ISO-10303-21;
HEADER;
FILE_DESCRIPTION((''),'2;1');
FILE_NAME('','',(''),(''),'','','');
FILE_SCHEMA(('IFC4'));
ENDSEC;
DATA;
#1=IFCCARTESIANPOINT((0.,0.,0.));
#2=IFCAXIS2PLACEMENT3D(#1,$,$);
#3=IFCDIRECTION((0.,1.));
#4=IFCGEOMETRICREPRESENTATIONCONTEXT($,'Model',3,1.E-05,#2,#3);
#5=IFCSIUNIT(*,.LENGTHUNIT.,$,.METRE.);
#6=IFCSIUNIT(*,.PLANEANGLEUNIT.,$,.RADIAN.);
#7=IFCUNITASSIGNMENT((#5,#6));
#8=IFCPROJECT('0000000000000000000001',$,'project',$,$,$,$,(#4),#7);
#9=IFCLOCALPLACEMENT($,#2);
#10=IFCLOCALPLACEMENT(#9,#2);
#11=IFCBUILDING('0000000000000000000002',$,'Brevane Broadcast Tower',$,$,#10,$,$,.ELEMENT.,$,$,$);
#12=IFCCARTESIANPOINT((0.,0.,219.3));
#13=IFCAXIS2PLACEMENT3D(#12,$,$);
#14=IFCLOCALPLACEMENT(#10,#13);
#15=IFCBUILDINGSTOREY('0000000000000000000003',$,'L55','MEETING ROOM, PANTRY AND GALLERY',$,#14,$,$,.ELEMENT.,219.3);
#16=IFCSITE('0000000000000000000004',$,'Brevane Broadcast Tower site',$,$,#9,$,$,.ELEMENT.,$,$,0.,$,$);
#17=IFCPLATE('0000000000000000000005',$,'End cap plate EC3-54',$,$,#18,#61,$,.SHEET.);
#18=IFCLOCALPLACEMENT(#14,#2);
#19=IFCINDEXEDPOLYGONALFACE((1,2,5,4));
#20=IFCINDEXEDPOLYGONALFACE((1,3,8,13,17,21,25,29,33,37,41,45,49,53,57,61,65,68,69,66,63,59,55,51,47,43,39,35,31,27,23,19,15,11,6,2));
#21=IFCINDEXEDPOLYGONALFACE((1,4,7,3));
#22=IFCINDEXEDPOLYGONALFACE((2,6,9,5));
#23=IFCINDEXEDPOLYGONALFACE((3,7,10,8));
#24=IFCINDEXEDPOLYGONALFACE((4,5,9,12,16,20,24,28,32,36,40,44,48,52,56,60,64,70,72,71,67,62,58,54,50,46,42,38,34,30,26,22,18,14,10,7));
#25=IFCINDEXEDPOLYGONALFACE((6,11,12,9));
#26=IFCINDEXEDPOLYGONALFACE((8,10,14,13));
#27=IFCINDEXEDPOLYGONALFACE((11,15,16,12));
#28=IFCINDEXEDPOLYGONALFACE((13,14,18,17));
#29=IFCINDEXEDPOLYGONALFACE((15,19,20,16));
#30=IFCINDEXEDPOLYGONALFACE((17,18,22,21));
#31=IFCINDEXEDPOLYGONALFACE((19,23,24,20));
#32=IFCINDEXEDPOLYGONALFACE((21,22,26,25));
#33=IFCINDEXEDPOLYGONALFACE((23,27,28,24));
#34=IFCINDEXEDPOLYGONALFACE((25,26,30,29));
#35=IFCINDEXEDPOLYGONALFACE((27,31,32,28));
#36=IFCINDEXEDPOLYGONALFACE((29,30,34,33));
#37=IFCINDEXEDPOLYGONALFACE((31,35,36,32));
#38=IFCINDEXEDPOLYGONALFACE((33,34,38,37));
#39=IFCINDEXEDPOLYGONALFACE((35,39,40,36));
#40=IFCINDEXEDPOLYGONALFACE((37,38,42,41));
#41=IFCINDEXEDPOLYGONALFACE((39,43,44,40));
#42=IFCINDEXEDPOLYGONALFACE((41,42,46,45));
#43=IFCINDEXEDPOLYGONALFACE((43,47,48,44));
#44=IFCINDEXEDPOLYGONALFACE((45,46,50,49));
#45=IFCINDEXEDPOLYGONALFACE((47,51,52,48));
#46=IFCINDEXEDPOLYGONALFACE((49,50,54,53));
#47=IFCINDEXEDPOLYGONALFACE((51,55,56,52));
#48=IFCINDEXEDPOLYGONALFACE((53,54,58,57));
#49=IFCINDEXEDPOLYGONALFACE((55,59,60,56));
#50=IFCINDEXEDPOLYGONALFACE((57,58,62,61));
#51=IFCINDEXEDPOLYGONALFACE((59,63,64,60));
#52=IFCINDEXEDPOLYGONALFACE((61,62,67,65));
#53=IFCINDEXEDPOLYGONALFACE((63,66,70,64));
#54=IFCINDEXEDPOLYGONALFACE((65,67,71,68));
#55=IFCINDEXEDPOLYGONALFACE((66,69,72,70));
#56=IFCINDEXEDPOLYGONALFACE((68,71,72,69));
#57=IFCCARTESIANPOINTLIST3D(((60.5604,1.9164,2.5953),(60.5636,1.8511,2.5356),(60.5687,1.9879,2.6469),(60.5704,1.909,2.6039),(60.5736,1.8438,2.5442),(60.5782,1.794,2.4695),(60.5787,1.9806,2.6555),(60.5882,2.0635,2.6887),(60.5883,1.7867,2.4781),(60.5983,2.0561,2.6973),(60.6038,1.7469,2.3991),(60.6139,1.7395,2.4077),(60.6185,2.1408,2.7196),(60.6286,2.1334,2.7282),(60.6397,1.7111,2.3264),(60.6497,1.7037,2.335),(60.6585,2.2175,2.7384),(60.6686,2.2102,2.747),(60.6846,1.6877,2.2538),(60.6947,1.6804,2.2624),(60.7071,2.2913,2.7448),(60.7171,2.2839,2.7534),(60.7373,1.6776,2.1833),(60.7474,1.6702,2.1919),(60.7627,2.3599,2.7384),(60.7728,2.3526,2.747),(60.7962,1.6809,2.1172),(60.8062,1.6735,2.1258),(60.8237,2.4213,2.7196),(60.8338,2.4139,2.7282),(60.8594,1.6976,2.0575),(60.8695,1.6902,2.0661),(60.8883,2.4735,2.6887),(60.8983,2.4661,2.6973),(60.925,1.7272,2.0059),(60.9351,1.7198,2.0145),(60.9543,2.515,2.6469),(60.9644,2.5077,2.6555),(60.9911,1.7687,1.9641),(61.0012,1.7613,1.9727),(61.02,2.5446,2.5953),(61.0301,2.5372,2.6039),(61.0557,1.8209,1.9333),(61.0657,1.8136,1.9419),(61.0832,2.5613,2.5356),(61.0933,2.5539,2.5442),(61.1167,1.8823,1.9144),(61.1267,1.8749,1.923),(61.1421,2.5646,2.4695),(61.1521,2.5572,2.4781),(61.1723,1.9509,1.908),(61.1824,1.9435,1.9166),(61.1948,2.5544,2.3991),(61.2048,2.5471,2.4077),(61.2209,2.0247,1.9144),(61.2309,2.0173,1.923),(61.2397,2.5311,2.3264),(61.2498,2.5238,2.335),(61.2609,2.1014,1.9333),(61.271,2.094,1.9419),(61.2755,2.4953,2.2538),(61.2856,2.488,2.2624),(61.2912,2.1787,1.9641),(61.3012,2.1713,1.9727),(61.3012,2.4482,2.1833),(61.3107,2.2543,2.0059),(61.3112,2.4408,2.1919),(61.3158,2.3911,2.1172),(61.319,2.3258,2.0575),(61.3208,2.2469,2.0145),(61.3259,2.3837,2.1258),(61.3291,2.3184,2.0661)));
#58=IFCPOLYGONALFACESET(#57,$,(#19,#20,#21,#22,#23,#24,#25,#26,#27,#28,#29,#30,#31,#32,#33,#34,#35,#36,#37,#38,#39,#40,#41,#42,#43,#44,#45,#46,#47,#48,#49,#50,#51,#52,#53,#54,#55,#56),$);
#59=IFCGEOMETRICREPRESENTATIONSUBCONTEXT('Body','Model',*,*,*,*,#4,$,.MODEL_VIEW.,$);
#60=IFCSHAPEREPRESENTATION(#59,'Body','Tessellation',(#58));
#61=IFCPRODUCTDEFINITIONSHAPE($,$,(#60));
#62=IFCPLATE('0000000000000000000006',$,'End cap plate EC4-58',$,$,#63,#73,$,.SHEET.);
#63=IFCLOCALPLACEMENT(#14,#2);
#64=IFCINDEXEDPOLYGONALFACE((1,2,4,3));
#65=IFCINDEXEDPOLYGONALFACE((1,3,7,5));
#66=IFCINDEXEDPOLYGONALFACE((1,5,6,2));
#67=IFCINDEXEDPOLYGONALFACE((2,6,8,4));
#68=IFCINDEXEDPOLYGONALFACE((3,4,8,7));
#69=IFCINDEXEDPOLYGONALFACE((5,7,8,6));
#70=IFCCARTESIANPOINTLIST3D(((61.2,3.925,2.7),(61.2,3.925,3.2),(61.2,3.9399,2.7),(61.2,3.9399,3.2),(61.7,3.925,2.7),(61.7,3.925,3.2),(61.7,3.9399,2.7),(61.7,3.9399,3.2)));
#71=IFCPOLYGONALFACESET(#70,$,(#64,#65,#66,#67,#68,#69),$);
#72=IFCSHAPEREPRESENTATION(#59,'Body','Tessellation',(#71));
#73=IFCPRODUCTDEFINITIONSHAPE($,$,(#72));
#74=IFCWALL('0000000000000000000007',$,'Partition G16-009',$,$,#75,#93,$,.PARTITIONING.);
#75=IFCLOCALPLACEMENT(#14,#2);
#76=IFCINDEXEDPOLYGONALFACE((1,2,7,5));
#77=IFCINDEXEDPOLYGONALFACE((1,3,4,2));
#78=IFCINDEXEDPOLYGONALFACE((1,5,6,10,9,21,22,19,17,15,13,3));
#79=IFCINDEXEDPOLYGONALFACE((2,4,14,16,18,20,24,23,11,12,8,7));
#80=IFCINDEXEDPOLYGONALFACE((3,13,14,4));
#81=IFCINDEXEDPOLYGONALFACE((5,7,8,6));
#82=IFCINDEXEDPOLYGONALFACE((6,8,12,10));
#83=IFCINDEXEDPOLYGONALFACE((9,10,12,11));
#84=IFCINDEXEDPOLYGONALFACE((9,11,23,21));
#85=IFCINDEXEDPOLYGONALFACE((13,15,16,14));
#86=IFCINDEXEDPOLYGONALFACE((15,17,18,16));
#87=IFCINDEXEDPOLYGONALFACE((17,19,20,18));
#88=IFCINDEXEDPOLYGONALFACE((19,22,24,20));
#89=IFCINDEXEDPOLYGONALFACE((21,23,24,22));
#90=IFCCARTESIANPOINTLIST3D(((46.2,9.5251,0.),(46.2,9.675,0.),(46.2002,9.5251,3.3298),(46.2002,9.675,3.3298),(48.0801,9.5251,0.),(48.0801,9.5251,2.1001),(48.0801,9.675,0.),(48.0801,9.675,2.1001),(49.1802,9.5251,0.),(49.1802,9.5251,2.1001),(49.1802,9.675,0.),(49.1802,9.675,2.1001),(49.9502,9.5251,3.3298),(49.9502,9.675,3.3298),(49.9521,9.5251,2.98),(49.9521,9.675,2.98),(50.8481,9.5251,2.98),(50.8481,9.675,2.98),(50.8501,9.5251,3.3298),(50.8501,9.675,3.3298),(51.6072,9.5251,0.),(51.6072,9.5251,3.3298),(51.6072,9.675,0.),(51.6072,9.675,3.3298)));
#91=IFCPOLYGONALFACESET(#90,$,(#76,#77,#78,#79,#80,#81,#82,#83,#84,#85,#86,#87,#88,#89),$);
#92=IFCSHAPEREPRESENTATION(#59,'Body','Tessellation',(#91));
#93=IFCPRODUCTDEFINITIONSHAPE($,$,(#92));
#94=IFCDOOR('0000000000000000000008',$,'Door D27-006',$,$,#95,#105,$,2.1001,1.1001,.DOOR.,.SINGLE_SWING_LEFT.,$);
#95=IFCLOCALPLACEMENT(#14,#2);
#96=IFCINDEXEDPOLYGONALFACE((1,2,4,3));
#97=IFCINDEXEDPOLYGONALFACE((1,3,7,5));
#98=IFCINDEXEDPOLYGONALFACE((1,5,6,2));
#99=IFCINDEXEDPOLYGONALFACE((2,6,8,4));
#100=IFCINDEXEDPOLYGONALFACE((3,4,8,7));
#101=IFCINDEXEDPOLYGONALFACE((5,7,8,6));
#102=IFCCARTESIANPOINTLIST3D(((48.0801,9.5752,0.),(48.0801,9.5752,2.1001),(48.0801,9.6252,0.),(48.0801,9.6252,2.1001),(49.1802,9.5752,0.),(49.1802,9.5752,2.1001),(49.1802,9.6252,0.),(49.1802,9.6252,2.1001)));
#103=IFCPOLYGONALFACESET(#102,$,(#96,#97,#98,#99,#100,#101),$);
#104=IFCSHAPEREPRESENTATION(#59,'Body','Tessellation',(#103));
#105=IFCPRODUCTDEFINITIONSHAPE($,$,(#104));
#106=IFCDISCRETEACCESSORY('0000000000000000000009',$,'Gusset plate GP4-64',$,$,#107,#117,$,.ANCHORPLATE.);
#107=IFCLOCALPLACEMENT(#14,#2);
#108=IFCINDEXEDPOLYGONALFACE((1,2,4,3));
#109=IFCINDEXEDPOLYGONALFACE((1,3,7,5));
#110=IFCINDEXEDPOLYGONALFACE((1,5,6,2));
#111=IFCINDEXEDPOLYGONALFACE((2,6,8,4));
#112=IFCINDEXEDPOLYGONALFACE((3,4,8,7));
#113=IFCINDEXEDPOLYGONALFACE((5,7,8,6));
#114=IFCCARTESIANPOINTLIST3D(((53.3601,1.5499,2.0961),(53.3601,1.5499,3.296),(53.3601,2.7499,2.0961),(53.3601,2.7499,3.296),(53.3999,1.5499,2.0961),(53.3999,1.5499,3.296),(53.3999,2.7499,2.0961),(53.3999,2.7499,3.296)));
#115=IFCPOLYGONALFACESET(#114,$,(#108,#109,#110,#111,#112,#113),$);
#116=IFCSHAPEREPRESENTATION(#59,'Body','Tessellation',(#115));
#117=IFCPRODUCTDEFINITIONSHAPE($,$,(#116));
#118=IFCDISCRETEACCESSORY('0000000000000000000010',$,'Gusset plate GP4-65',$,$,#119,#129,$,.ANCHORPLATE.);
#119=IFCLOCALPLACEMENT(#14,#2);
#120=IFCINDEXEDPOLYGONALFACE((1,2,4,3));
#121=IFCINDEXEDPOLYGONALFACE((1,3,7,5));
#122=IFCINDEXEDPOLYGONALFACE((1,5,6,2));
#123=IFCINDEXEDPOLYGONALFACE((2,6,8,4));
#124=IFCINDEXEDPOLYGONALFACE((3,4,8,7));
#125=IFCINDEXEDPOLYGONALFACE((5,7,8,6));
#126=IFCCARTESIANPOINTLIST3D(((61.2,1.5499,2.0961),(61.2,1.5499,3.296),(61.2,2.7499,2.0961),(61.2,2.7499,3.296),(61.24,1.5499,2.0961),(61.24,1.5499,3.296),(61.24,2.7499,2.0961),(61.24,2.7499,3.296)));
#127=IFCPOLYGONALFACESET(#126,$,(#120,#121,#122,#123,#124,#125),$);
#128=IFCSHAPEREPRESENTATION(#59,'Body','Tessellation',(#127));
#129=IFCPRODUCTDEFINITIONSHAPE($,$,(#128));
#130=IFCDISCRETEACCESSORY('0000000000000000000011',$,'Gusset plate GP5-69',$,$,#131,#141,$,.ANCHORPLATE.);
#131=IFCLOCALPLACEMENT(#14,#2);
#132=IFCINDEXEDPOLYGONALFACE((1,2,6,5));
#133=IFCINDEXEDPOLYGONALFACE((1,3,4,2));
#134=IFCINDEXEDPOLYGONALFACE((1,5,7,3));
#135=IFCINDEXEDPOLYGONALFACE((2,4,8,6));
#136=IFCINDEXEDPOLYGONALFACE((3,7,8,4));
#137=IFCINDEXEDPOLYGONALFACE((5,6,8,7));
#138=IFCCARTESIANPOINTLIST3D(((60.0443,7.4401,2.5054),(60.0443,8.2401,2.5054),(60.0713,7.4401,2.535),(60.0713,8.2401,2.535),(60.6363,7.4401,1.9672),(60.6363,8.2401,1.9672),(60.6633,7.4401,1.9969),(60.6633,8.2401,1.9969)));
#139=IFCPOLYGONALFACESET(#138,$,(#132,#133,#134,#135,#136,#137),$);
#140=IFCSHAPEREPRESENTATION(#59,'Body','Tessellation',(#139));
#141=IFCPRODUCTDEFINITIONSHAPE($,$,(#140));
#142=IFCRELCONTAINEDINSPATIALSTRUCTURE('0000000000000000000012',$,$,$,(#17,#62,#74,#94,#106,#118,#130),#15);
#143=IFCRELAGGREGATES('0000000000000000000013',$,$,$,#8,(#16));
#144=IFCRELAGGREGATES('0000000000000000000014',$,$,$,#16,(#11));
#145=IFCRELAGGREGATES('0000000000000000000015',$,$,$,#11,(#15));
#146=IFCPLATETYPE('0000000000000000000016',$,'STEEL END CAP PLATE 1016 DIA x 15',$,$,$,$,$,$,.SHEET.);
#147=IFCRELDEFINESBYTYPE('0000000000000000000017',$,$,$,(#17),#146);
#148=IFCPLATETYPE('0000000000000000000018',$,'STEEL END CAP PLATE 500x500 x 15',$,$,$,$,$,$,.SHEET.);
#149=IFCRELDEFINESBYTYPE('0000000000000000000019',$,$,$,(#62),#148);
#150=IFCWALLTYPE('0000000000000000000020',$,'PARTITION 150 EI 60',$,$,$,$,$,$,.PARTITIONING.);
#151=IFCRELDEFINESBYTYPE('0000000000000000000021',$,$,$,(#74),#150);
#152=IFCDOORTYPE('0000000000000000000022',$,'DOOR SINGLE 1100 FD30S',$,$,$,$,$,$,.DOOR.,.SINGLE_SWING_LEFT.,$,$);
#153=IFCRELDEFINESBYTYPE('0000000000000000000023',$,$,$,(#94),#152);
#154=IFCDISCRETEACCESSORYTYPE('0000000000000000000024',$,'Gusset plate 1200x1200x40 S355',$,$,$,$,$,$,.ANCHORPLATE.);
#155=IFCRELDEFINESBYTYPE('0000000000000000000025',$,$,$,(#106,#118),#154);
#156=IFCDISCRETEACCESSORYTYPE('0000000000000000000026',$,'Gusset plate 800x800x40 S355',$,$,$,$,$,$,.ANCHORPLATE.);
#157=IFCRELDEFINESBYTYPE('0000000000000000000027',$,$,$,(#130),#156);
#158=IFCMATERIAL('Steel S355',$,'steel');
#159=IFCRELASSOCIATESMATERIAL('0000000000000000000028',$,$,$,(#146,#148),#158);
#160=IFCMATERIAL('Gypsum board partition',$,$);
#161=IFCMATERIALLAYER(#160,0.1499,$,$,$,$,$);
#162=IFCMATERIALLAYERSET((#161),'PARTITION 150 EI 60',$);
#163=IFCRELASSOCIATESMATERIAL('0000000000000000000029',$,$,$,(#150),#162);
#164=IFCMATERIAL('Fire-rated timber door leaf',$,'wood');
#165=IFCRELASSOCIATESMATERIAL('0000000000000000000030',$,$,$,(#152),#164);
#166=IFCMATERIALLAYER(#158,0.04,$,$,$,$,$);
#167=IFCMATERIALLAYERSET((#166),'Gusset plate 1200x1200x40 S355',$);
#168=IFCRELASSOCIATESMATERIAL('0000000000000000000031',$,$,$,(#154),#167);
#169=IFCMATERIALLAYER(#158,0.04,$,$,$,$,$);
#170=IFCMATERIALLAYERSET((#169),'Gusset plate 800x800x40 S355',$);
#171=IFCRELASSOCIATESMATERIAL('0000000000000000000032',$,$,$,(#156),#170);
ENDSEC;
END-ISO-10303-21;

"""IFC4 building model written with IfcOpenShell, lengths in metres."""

from ifc_helpers import new_model, si_unit, direction, frame, frame_2d, origin, origin_2d, place, context, subcontext, project, spatial, polyline, rectangle, circle, outline, extrude, material, layer, layer_set, material_profile, profile_set, type_object, element, fill, save


model = new_model("IFC4")

# Units and contexts
model_context = context("Model", 3, precision=1e-05, world=origin(), true_north=direction((0.0, 1.0)))
body_context = subcontext(model_context, "Body", "Model", "MODEL_VIEW")
ifc_project = project(units=[si_unit("LENGTHUNIT", "METRE"), si_unit("PLANEANGLEUNIT", "RADIAN")], contexts=[model_context])

# Site, building, storey
site_placement = place(None, origin())
site = spatial("IfcSite", under=ifc_project, at=site_placement, Name="Brevane Broadcast Tower site", CompositionType="ELEMENT", RefElevation=0.0)
building_placement = place(site_placement, origin())
building = spatial("IfcBuilding", under=site, at=building_placement, Name="Brevane Broadcast Tower", CompositionType="ELEMENT")
storey_placement = place(building_placement, frame((0.0, 0.0, 219.3)))
storey = spatial("IfcBuildingStorey", under=building, at=storey_placement, Name="L55", Description="MEETING ROOM, PANTRY AND GALLERY", CompositionType="ELEMENT", Elevation=219.3)

# Shared definitions
ifc_material_1 = material(Name="Steel S355", Category="steel")

# Plates
ifc_material_profile_1 = material_profile(ifc_material_1, circle(Radius=0.5081, at=origin_2d()), Name="PL 1016 DIA x 15")
ifc_profile_set_1 = profile_set([ifc_material_profile_1], Name="Steel S355")
plate_type_1 = type_object("IfcPlateType", Name="STEEL END CAP PLATE 1016 DIA x 15", PredefinedType="SHEET", material=ifc_profile_set_1)
plate_1_placement = place(storey_placement, frame((60.9397, 2.1211, 2.3264), z_axis=(0.664583, -0.486281, 0.567327), x_axis=(0.59051, 0.80703, 0.0)))
element("IfcPlate", 1, at=plate_1_placement, inside=storey, type_object=plate_type_1, Name="End cap plate EC3-54", PredefinedType="SHEET", context=body_context, shape_type="SweptSolid", body=[
    extrude(circle(Radius=0.5081, at=origin_2d()), origin(), (0.0, 0.0, 1.0), 0.0151),
])
ifc_material_profile_2 = material_profile(ifc_material_1, rectangle(XDim=0.5, YDim=0.5, at=origin_2d()), Name="PL 500x500 x 15")
ifc_profile_set_2 = profile_set([ifc_material_profile_2], Name="Steel S355")
plate_type_2 = type_object("IfcPlateType", Name="STEEL END CAP PLATE 500x500 x 15", PredefinedType="SHEET", material=ifc_profile_set_2)
plate_2_placement = place(storey_placement, frame((61.45, 3.925, 2.95), z_axis=(0.0, 1.0, 0.0), x_axis=(-1.0, 0.0, 0.0)))
element("IfcPlate", 2, at=plate_2_placement, inside=storey, type_object=plate_type_2, Name="End cap plate EC4-58", PredefinedType="SHEET", context=body_context, shape_type="SweptSolid", body=[
    extrude(rectangle(XDim=0.5, YDim=0.5, at=origin_2d()), origin(), (0.0, 0.0, 1.0), 0.0149),
])

# Wall, opening, door
ifc_material_2 = material(Name="Gypsum board partition")
ifc_layer_1 = layer(ifc_material_2, 0.1499)
ifc_layer_set_1 = layer_set([ifc_layer_1], Name="PARTITION 150 EI 60")
wall_type = type_object("IfcWallType", Name="PARTITION 150 EI 60", PredefinedType="PARTITIONING", material=ifc_layer_set_1)
wall_placement = place(storey_placement, frame((51.6072, 9.6001, 0.0), z_axis=(0.0, 0.0, 1.0), x_axis=(-1.0, 0.0, 0.0)))
wall = element("IfcWall", 3, at=wall_placement, inside=storey, type_object=wall_type, Name="Partition G16-009", PredefinedType="PARTITIONING", context=body_context, shape_type="SweptSolid", body=[
    extrude(outline(polyline([(0.0, 0.0), (5.4072, 0.0), (5.407, 3.3298), (1.657, 3.3298), (1.655, 2.98), (0.759, 2.98), (0.7571, 3.3298), (0.1272, 3.3298), (0.0, 3.3298), (0.0, 0.0)])), frame((0.0, 0.075, 0.0), z_axis=(0.0, -1.0, 0.0), x_axis=(1.0, 0.0, 0.0)), (0.0, 0.0, 1.0), 0.1499),
])
opening_placement = place(wall_placement, frame((2.427, 0.0, 0.0)))
opening = element("IfcOpeningElement", 4, at=opening_placement, cuts=wall, PredefinedType="OPENING", context=body_context, shape_type="SweptSolid", body=[
    extrude(rectangle(XDim=1.1001, YDim=2.1001, at=frame_2d((0.55, 1.05))), frame((0.0, 0.085, 0.0), z_axis=(0.0, -1.0, 0.0), x_axis=(1.0, 0.0, 0.0)), (0.0, 0.0, 1.0), 0.1699),
])
ifc_material_3 = material(Name="Fire-rated timber door leaf", Category="wood")
door_type = type_object("IfcDoorType", Name="DOOR SINGLE 1100 FD30S", OperationType="SINGLE_SWING_LEFT", PredefinedType="DOOR", material=ifc_material_3)
door_placement = place(opening_placement, origin())
door = element("IfcDoor", 5, at=door_placement, inside=storey, type_object=door_type, Name="Door D27-006", OperationType="SINGLE_SWING_LEFT", OverallHeight=2.1001, OverallWidth=1.1001, PredefinedType="DOOR", context=body_context, shape_type="SweptSolid", body=[
    extrude(rectangle(XDim=1.1001, YDim=2.1001, at=frame_2d((0.55, 1.05))), frame((0.0, 0.0249, 0.0), z_axis=(0.0, -1.0, 0.0), x_axis=(1.0, 0.0, 0.0)), (0.0, 0.0, 1.0), 0.05),
])
fill(opening, door)

# Discrete accessories
ifc_layer_2 = layer(ifc_material_1, 0.04)
ifc_layer_set_2 = layer_set([ifc_layer_2], Name="Gusset plate 1200x1200x40 S355")
discrete_accessory_type_1 = type_object("IfcDiscreteAccessoryType", Name="Gusset plate 1200x1200x40 S355", PredefinedType="ANCHORPLATE", material=ifc_layer_set_2)
discrete_accessory_1_placement = place(storey_placement, frame((53.3601, 2.1499, 2.696), z_axis=(1.0, 0.0, 0.0), x_axis=(0.0, 1.0, 0.0)))
element("IfcDiscreteAccessory", 6, at=discrete_accessory_1_placement, inside=storey, type_object=discrete_accessory_type_1, Name="Gusset plate GP4-64", PredefinedType="ANCHORPLATE", context=body_context, shape_type="SweptSolid", body=[
    extrude(rectangle(XDim=1.2, YDim=1.2, at=origin_2d()), origin(), (0.0, 0.0, 1.0), 0.0398),
])
discrete_accessory_2_placement = place(storey_placement, frame((61.2, 2.1499, 2.696), z_axis=(1.0, 0.0, 0.0), x_axis=(0.0, 1.0, 0.0)))
element("IfcDiscreteAccessory", 7, at=discrete_accessory_2_placement, inside=storey, type_object=discrete_accessory_type_1, Name="Gusset plate GP4-65", PredefinedType="ANCHORPLATE", context=body_context, shape_type="SweptSolid", body=[
    extrude(rectangle(XDim=1.2, YDim=1.2, at=origin_2d()), origin(), (0.0, 0.0, 1.0), 0.04),
])
ifc_layer_3 = layer(ifc_material_1, 0.04)
ifc_layer_set_3 = layer_set([ifc_layer_3], Name="Gusset plate 800x800x40 S355")
discrete_accessory_type_2 = type_object("IfcDiscreteAccessoryType", Name="Gusset plate 800x800x40 S355", PredefinedType="ANCHORPLATE", material=ifc_layer_set_3)
discrete_accessory_3_placement = place(storey_placement, frame((60.3403, 7.8401, 2.2363), z_axis=(0.672673, 0.0, 0.73994), x_axis=(0.0, 1.0, 0.0)))
element("IfcDiscreteAccessory", 8, at=discrete_accessory_3_placement, inside=storey, type_object=discrete_accessory_type_2, Name="Gusset plate GP5-69", PredefinedType="ANCHORPLATE", context=body_context, shape_type="SweptSolid", body=[
    extrude(rectangle(XDim=0.8, YDim=0.8, at=origin_2d()), origin(), (0.0, 0.0, 1.0), 0.04),
])

save(model, "model.ifc")
